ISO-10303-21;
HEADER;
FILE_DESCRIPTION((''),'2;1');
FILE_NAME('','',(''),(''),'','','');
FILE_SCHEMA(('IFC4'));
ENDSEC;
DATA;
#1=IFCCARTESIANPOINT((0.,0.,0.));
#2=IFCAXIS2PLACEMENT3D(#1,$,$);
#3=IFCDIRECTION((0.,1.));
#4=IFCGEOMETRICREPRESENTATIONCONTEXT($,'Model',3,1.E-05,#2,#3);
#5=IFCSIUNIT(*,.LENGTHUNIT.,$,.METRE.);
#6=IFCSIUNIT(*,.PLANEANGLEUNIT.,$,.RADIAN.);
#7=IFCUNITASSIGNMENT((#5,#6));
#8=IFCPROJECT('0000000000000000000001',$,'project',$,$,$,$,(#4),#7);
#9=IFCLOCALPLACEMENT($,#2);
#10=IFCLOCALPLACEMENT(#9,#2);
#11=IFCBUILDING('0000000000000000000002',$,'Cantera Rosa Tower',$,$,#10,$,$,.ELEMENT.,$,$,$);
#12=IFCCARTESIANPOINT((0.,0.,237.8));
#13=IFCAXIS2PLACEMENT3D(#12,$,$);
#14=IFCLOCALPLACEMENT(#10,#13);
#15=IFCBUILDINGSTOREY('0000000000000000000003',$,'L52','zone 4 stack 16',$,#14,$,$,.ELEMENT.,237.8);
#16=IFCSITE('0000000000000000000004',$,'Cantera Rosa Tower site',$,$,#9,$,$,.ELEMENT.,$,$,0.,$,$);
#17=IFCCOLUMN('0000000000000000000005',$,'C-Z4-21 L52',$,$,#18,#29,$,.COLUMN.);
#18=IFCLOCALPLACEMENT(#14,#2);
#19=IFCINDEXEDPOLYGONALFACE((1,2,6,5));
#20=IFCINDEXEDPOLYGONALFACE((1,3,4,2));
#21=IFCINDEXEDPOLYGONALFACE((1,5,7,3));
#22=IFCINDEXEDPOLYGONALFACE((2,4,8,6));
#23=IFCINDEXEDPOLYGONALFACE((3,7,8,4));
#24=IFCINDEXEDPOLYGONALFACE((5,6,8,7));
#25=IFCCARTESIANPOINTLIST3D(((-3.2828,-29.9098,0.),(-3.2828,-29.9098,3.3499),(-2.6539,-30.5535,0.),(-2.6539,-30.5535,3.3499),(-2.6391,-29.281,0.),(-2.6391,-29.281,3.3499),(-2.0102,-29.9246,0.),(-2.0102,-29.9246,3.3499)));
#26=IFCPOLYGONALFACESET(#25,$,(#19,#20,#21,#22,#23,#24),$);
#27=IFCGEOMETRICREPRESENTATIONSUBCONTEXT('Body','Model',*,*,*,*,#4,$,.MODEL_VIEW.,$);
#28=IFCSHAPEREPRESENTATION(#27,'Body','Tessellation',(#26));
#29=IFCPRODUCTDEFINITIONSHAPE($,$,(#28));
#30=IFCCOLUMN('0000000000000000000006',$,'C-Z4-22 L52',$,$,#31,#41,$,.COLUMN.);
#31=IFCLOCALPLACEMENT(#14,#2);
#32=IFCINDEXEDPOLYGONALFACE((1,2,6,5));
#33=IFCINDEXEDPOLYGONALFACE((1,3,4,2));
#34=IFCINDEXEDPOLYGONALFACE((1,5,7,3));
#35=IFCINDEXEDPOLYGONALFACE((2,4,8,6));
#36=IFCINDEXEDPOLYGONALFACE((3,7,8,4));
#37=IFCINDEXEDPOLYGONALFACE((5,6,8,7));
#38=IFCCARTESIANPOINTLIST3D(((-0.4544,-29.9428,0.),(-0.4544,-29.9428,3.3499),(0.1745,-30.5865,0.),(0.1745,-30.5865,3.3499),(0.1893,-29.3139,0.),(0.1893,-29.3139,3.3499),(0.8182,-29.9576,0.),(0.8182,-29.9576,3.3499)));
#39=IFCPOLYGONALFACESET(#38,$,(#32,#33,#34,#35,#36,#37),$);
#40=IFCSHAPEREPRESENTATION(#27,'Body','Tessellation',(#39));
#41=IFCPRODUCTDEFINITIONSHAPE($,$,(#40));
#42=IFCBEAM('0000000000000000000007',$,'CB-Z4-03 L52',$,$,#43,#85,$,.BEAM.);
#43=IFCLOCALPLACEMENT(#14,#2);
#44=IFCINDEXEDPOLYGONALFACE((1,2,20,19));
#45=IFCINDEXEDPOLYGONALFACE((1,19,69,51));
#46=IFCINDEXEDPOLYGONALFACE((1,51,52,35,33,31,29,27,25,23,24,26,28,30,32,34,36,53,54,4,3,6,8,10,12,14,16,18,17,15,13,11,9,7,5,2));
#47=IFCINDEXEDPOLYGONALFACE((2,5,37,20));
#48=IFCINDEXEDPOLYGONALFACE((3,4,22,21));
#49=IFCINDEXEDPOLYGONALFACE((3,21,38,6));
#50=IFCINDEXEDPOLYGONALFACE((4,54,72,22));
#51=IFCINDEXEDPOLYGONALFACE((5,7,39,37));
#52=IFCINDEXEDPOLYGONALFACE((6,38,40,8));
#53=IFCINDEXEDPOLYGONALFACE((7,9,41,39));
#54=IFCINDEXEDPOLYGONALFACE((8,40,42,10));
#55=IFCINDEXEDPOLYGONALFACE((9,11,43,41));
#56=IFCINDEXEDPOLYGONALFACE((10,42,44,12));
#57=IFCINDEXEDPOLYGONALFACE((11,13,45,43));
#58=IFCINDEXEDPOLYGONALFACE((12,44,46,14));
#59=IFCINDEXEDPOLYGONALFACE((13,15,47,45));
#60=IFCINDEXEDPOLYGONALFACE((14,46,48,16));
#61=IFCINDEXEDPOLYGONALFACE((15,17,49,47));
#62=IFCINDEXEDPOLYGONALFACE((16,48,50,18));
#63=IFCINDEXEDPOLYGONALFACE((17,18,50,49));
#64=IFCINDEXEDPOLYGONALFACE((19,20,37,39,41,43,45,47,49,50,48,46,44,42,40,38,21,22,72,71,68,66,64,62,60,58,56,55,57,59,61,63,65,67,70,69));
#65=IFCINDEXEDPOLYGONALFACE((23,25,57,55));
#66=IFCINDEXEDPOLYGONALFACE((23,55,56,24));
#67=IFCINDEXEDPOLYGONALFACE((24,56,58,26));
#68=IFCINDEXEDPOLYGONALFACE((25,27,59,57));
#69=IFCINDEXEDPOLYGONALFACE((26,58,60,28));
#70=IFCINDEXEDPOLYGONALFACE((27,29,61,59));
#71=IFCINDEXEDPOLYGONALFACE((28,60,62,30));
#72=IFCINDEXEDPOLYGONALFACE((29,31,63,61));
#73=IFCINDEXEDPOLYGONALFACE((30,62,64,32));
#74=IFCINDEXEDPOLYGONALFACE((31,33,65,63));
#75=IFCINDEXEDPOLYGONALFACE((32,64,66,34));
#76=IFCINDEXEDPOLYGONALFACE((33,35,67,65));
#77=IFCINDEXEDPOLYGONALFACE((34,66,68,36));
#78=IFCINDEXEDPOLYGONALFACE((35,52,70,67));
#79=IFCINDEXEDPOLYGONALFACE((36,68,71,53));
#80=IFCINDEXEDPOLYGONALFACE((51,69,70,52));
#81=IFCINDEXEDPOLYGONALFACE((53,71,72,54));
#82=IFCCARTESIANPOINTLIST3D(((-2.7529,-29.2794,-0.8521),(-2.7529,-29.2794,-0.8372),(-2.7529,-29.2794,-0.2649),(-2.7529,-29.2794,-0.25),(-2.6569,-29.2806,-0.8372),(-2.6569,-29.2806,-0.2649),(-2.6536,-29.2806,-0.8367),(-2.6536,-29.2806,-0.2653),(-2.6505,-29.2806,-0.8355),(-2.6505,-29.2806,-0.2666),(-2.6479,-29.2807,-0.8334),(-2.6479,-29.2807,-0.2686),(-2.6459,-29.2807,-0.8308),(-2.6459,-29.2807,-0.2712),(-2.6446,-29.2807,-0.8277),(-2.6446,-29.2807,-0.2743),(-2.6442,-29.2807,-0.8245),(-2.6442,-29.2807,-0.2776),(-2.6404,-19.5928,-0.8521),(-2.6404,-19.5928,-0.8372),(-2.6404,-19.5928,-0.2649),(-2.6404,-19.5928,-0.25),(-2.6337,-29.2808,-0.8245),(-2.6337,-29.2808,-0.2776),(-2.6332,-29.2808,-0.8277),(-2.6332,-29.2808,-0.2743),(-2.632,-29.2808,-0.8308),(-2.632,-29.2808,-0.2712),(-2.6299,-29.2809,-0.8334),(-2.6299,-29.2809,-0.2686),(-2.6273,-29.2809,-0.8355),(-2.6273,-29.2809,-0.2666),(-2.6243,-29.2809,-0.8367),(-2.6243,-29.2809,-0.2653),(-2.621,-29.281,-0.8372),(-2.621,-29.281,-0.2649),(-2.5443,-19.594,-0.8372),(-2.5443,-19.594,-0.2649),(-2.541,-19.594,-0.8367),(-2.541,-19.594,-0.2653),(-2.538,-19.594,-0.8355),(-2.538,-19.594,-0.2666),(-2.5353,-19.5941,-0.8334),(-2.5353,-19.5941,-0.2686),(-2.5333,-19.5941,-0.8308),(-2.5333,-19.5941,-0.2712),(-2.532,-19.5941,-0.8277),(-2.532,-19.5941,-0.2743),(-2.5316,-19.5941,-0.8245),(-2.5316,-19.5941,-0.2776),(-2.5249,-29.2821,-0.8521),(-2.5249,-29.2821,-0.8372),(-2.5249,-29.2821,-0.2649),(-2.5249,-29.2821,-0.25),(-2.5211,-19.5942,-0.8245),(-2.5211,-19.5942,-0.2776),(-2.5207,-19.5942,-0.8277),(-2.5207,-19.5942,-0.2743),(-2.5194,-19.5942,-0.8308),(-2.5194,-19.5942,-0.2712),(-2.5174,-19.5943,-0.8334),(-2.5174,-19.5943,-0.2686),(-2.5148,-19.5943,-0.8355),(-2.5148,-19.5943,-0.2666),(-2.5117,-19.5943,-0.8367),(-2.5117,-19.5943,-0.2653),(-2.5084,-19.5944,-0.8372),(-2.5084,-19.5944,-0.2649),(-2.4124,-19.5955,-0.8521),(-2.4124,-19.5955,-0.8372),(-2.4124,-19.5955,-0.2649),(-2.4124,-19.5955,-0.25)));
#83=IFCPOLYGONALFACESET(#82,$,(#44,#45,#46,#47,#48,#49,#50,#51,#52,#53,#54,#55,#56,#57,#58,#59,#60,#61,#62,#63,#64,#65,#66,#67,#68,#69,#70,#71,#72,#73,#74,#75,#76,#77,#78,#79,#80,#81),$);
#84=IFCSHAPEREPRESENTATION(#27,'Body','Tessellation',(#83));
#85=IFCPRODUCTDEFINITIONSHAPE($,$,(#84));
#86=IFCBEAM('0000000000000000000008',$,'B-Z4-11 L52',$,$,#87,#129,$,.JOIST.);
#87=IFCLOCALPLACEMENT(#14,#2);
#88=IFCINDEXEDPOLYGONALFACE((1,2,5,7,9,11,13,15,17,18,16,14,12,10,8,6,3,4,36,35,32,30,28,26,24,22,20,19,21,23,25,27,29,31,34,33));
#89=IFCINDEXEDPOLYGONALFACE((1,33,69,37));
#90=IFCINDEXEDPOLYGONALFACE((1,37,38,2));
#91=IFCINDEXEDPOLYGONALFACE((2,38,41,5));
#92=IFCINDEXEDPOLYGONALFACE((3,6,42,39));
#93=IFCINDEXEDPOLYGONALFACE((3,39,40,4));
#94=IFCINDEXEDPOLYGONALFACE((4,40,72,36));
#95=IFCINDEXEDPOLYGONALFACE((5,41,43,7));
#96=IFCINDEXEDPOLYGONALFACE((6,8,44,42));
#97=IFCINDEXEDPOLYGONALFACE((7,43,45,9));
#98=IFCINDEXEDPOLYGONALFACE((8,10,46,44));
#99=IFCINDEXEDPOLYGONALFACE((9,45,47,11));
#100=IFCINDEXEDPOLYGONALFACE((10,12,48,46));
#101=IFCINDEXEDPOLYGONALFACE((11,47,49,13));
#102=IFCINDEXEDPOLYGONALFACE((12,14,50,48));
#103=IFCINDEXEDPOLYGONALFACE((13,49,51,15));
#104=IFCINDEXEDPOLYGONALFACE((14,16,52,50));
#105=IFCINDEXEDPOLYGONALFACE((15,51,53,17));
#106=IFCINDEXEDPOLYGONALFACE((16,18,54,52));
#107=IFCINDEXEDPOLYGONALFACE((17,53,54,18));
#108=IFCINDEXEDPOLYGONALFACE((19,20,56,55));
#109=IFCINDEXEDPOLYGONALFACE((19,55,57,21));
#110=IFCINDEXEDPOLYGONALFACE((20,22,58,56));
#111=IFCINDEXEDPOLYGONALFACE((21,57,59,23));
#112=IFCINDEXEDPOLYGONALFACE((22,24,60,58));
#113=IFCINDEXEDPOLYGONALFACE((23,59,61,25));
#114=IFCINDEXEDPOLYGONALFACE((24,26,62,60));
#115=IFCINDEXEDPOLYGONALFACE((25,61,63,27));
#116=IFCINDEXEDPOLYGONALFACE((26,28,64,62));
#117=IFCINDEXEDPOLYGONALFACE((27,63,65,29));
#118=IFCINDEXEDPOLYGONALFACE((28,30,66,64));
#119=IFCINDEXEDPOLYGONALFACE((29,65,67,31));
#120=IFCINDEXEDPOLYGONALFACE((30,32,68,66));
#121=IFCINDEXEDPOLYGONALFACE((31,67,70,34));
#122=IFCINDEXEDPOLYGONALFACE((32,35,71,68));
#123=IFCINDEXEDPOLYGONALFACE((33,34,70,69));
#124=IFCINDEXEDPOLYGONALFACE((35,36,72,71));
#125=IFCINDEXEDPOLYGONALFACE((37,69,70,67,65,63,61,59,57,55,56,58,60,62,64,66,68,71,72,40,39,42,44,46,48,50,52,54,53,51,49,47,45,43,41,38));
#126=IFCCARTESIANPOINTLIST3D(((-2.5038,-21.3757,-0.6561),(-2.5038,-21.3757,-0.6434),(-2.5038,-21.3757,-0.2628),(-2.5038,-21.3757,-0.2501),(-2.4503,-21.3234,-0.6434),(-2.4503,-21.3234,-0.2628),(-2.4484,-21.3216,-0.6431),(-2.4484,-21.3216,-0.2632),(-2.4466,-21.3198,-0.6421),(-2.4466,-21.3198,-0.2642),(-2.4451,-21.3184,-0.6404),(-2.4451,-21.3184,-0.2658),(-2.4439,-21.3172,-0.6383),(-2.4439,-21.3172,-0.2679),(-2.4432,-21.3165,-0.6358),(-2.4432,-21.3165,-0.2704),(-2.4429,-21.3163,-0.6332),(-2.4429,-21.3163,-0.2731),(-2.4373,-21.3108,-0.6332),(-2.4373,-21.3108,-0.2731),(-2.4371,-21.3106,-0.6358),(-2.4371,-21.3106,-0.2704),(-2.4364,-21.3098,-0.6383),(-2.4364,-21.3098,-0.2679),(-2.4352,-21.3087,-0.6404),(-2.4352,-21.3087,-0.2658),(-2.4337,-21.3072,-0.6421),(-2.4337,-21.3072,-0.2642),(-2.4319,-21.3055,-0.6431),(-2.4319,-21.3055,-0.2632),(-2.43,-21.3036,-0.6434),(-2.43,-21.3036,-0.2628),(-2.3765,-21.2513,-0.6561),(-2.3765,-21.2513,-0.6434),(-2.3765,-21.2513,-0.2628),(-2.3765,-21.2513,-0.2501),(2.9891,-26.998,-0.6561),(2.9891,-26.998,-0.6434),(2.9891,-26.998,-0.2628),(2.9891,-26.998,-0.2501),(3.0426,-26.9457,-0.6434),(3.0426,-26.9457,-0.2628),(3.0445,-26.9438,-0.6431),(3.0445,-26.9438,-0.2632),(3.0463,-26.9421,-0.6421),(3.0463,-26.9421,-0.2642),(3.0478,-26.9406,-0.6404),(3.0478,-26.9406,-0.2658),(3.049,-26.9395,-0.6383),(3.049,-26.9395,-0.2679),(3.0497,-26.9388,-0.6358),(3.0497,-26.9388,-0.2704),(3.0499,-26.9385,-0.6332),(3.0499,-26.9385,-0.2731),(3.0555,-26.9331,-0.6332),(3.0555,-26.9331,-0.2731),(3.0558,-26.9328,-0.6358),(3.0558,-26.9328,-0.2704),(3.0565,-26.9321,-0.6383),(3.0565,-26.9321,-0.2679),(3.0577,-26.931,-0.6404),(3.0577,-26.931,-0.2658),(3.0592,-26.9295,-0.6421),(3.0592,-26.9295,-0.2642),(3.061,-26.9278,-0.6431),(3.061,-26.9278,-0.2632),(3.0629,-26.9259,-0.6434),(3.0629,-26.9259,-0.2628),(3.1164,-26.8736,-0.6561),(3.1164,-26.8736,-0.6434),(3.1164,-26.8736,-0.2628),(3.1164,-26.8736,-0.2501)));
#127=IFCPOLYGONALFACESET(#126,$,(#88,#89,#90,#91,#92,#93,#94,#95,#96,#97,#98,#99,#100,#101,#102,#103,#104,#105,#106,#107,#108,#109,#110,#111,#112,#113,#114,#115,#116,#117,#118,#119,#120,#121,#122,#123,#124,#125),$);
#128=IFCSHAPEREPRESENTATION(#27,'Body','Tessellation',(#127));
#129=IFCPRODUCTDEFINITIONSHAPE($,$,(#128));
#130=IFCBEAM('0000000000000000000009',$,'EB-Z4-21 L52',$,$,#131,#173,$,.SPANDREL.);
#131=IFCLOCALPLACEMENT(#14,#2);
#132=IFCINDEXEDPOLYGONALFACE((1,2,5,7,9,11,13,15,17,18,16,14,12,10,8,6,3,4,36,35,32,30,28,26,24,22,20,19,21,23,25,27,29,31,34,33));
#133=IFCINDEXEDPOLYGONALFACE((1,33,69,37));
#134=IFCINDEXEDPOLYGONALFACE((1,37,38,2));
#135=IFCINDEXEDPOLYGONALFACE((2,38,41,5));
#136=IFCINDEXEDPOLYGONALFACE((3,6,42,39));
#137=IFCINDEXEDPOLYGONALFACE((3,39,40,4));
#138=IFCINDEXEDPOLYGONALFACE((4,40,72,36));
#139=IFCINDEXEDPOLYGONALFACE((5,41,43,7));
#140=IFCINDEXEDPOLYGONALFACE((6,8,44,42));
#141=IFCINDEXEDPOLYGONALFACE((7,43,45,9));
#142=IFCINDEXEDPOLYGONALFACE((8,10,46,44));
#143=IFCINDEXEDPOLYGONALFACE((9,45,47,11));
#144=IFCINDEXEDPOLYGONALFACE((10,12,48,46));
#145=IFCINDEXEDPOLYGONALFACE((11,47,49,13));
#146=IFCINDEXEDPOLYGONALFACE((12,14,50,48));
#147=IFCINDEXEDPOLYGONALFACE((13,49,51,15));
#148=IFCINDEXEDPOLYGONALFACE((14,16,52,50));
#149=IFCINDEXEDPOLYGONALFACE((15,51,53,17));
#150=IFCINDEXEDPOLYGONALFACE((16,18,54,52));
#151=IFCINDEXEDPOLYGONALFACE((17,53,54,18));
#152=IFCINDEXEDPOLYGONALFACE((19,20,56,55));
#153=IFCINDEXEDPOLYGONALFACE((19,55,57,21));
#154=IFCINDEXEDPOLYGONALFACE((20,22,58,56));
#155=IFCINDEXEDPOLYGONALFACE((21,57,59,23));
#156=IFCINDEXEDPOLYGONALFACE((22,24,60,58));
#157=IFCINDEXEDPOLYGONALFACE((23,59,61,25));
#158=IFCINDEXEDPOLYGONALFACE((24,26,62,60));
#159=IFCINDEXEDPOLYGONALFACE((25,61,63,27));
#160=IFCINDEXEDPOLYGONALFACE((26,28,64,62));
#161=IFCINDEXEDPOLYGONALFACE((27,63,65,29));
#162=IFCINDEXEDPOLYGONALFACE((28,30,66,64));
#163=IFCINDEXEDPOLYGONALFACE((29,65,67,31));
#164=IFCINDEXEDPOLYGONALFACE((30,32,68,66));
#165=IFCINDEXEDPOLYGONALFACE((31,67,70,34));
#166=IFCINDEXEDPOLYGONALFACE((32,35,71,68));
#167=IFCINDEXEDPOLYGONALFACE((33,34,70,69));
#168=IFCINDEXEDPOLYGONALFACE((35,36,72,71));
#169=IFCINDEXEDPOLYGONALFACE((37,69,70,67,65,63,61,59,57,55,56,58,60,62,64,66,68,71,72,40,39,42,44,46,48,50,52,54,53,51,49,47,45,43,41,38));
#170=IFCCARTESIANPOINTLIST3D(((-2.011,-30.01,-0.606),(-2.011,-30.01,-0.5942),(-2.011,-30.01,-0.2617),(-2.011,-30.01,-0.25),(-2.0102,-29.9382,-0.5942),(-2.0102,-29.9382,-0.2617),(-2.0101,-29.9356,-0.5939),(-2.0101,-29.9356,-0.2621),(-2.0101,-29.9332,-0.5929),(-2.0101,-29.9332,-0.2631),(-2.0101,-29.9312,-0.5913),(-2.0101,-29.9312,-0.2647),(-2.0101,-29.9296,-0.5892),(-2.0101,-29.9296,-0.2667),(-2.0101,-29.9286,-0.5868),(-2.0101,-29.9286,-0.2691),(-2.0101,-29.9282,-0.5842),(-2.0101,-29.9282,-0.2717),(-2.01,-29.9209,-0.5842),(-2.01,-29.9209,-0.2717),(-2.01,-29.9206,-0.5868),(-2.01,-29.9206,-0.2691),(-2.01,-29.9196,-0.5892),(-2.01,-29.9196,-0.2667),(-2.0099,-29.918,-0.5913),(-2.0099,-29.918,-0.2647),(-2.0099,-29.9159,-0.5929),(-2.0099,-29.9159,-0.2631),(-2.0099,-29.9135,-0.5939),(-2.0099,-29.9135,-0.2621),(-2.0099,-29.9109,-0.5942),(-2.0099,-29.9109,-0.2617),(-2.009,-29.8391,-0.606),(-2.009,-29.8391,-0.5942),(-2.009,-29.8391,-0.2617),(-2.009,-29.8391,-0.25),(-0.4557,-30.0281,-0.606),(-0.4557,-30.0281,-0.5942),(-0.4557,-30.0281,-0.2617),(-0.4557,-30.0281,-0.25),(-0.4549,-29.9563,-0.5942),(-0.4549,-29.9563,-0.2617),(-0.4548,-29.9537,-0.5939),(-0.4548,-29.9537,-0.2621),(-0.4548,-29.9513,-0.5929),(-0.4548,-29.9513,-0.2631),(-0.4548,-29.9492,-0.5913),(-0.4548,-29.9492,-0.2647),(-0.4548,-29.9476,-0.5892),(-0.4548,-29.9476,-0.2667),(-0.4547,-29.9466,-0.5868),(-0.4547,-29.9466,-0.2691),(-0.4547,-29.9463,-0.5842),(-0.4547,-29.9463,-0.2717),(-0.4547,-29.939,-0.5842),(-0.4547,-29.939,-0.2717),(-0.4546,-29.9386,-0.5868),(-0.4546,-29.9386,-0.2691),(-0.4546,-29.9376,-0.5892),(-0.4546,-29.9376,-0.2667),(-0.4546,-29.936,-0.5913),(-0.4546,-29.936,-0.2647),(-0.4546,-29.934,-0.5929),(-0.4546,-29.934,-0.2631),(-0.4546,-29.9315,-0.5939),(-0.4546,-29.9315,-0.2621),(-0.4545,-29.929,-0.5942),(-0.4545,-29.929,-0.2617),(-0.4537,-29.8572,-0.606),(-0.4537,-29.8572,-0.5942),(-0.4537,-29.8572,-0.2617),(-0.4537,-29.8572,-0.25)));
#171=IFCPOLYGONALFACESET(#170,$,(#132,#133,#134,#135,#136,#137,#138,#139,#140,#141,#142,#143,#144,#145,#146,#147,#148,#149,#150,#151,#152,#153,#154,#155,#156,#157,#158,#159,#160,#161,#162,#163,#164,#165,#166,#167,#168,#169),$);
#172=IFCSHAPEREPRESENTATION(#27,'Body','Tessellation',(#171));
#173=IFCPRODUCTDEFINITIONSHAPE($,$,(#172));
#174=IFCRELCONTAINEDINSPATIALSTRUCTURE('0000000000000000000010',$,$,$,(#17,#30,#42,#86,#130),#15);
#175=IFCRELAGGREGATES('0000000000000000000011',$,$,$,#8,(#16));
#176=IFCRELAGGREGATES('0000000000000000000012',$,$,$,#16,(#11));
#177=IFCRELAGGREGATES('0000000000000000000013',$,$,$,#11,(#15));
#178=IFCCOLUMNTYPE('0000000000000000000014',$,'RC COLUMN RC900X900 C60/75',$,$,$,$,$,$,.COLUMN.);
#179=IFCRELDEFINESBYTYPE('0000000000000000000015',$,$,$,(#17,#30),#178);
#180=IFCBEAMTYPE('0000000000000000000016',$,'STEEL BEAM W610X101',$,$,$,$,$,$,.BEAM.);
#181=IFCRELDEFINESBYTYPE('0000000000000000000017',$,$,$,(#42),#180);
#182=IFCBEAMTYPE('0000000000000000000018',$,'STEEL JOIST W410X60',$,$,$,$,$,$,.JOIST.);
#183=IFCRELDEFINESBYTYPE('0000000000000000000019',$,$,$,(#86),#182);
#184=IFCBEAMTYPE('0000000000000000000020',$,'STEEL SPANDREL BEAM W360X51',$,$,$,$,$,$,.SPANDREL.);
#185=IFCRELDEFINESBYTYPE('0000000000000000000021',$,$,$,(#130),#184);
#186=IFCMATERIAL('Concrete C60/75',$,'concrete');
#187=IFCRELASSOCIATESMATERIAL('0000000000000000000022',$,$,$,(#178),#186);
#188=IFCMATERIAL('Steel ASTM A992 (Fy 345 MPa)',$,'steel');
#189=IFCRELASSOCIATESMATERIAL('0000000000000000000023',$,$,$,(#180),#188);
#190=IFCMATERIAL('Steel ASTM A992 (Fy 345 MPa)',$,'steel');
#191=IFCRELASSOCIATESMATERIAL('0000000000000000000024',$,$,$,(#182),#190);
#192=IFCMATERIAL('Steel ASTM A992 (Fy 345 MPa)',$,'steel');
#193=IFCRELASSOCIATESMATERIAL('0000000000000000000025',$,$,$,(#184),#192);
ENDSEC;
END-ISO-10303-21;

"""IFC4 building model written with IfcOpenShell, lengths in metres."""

from ifc_helpers import new_model, si_unit, direction, frame, origin, origin_2d, place, context, subcontext, project, spatial, rectangle, i_section, extrude, material, material_profile, profile_set, type_object, element, save


model = new_model("IFC4")

# Units and contexts
model_context = context("Model", 3, precision=1e-05, world=origin(), true_north=direction((0.0, 1.0)))
body_context = subcontext(model_context, "Body", "Model", "MODEL_VIEW")
ifc_project = project(units=[si_unit("LENGTHUNIT", "METRE"), si_unit("PLANEANGLEUNIT", "RADIAN")], contexts=[model_context])

# Site, building, storey
site_placement = place(None, origin())
site = spatial("IfcSite", under=ifc_project, at=site_placement, Name="Cantera Rosa Tower site", CompositionType="ELEMENT", RefElevation=0.0)
building_placement = place(site_placement, origin())
building = spatial("IfcBuilding", under=site, at=building_placement, Name="Cantera Rosa Tower", CompositionType="ELEMENT")
storey_placement = place(building_placement, frame((0.0, 0.0, 237.8)))
storey = spatial("IfcBuildingStorey", under=building, at=storey_placement, Name="L52", Description="zone 4 stack 16", CompositionType="ELEMENT", Elevation=237.8)

# Columns
ifc_material_1 = material(Name="Concrete C60/75", Category="concrete")
ifc_material_profile_1 = material_profile(ifc_material_1, rectangle(XDim=0.8999, YDim=0.8999, at=origin_2d()), Name="RC COLUMN RC900X900 C60/75")
ifc_profile_set_1 = profile_set([ifc_material_profile_1], Name="Concrete C60/75")
column_type = type_object("IfcColumnType", Name="RC COLUMN RC900X900 C60/75", PredefinedType="COLUMN", material=ifc_profile_set_1)
for number, where, z_axis, x_axis, name in (
    (1, (-2.6465, -29.9172, 0.0), (0.0, 0.0, 1.0), (0.715286, 0.698832, 0.0), "C-Z4-21 L52"),
    (2, (0.1819, -29.9502, 0.0), (0.0, 0.0, 1.0), (0.715286, 0.698832, 0.0), "C-Z4-22 L52"),
):
    element("IfcColumn", number, at=place(storey_placement, frame(where, z_axis=z_axis, x_axis=x_axis)), inside=storey, type_object=column_type, Name=name, PredefinedType="COLUMN", context=body_context, shape_type="SweptSolid", body=[
        extrude(rectangle(XDim=0.8999, YDim=0.8999, at=origin_2d()), origin(), (0.0, 0.0, 1.0), 3.3499),
    ])

# Beams
ifc_material_2 = material(Name="Steel ASTM A992 (Fy 345 MPa)", Category="steel")
ifc_material_profile_2 = material_profile(ifc_material_2, i_section(OverallWidth=0.228, OverallDepth=0.6021, WebThickness=0.0105, FlangeThickness=0.0149, FilletRadius=0.0127, at=origin_2d()), Name="W610X101")
ifc_profile_set_2 = profile_set([ifc_material_profile_2], Name="Steel ASTM A992 (Fy 345 MPa)")
beam_type_1 = type_object("IfcBeamType", Name="STEEL BEAM W610X101", PredefinedType="BEAM", material=ifc_profile_set_2)
beam_1_placement = place(storey_placement, frame((-2.6389, -29.2808, -0.551), z_axis=(0.011618, 0.999933, 0.0), x_axis=(-0.999933, 0.011618, 0.0)))
element("IfcBeam", 3, at=beam_1_placement, inside=storey, type_object=beam_type_1, Name="CB-Z4-03 L52", PredefinedType="BEAM", context=body_context, shape_type="SweptSolid", body=[
    extrude(i_section(OverallWidth=0.228, OverallDepth=0.6021, WebThickness=0.0105, FlangeThickness=0.0149, FilletRadius=0.0127, at=origin_2d()), origin(), (0.0, 0.0, 1.0), 9.6873),
])
ifc_material_3 = material(Name="Steel ASTM A992 (Fy 345 MPa)", Category="steel")
ifc_material_profile_3 = material_profile(ifc_material_3, i_section(OverallWidth=0.178, OverallDepth=0.406, WebThickness=0.0078, FlangeThickness=0.0127, FilletRadius=0.0103, at=origin_2d()), Name="W410X60")
ifc_profile_set_3 = profile_set([ifc_material_profile_3], Name="Steel ASTM A992 (Fy 345 MPa)")
beam_type_2 = type_object("IfcBeamType", Name="STEEL JOIST W410X60", PredefinedType="JOIST", material=ifc_profile_set_3)
beam_2_placement = place(storey_placement, frame((3.0527, -26.9358, -0.4531), z_axis=(-0.698828, 0.71529, 0.0), x_axis=(-0.71529, -0.698828, 0.0)))
element("IfcBeam", 4, at=beam_2_placement, inside=storey, type_object=beam_type_2, Name="B-Z4-11 L52", PredefinedType="JOIST", context=body_context, shape_type="SweptSolid", body=[
    extrude(i_section(OverallWidth=0.178, OverallDepth=0.406, WebThickness=0.0078, FlangeThickness=0.0127, FilletRadius=0.0103, at=origin_2d()), origin(), (0.0, 0.0, 1.0), 7.8601),
])
ifc_material_4 = material(Name="Steel ASTM A992 (Fy 345 MPa)", Category="steel")
ifc_material_profile_4 = material_profile(ifc_material_4, i_section(OverallWidth=0.1709, OverallDepth=0.356, WebThickness=0.0073, FlangeThickness=0.0117, FilletRadius=0.01, at=origin_2d()), Name="W360X51")
ifc_profile_set_4 = profile_set([ifc_material_profile_4], Name="Steel ASTM A992 (Fy 345 MPa)")
beam_type_3 = type_object("IfcBeamType", Name="STEEL SPANDREL BEAM W360X51", PredefinedType="SPANDREL", material=ifc_profile_set_4)
beam_3_placement = place(storey_placement, frame((-2.01, -29.9246, -0.428), z_axis=(0.999933, -0.011614, 0.0), x_axis=(0.011614, 0.999933, 0.0)))
element("IfcBeam", 5, at=beam_3_placement, inside=storey, type_object=beam_type_3, Name="EB-Z4-21 L52", PredefinedType="SPANDREL", context=body_context, shape_type="SweptSolid", body=[
    extrude(i_section(OverallWidth=0.1709, OverallDepth=0.356, WebThickness=0.0073, FlangeThickness=0.0117, FilletRadius=0.01, at=origin_2d()), origin(), (0.0, 0.0, 1.0), 1.5554),
])

save(model, "model.ifc")
